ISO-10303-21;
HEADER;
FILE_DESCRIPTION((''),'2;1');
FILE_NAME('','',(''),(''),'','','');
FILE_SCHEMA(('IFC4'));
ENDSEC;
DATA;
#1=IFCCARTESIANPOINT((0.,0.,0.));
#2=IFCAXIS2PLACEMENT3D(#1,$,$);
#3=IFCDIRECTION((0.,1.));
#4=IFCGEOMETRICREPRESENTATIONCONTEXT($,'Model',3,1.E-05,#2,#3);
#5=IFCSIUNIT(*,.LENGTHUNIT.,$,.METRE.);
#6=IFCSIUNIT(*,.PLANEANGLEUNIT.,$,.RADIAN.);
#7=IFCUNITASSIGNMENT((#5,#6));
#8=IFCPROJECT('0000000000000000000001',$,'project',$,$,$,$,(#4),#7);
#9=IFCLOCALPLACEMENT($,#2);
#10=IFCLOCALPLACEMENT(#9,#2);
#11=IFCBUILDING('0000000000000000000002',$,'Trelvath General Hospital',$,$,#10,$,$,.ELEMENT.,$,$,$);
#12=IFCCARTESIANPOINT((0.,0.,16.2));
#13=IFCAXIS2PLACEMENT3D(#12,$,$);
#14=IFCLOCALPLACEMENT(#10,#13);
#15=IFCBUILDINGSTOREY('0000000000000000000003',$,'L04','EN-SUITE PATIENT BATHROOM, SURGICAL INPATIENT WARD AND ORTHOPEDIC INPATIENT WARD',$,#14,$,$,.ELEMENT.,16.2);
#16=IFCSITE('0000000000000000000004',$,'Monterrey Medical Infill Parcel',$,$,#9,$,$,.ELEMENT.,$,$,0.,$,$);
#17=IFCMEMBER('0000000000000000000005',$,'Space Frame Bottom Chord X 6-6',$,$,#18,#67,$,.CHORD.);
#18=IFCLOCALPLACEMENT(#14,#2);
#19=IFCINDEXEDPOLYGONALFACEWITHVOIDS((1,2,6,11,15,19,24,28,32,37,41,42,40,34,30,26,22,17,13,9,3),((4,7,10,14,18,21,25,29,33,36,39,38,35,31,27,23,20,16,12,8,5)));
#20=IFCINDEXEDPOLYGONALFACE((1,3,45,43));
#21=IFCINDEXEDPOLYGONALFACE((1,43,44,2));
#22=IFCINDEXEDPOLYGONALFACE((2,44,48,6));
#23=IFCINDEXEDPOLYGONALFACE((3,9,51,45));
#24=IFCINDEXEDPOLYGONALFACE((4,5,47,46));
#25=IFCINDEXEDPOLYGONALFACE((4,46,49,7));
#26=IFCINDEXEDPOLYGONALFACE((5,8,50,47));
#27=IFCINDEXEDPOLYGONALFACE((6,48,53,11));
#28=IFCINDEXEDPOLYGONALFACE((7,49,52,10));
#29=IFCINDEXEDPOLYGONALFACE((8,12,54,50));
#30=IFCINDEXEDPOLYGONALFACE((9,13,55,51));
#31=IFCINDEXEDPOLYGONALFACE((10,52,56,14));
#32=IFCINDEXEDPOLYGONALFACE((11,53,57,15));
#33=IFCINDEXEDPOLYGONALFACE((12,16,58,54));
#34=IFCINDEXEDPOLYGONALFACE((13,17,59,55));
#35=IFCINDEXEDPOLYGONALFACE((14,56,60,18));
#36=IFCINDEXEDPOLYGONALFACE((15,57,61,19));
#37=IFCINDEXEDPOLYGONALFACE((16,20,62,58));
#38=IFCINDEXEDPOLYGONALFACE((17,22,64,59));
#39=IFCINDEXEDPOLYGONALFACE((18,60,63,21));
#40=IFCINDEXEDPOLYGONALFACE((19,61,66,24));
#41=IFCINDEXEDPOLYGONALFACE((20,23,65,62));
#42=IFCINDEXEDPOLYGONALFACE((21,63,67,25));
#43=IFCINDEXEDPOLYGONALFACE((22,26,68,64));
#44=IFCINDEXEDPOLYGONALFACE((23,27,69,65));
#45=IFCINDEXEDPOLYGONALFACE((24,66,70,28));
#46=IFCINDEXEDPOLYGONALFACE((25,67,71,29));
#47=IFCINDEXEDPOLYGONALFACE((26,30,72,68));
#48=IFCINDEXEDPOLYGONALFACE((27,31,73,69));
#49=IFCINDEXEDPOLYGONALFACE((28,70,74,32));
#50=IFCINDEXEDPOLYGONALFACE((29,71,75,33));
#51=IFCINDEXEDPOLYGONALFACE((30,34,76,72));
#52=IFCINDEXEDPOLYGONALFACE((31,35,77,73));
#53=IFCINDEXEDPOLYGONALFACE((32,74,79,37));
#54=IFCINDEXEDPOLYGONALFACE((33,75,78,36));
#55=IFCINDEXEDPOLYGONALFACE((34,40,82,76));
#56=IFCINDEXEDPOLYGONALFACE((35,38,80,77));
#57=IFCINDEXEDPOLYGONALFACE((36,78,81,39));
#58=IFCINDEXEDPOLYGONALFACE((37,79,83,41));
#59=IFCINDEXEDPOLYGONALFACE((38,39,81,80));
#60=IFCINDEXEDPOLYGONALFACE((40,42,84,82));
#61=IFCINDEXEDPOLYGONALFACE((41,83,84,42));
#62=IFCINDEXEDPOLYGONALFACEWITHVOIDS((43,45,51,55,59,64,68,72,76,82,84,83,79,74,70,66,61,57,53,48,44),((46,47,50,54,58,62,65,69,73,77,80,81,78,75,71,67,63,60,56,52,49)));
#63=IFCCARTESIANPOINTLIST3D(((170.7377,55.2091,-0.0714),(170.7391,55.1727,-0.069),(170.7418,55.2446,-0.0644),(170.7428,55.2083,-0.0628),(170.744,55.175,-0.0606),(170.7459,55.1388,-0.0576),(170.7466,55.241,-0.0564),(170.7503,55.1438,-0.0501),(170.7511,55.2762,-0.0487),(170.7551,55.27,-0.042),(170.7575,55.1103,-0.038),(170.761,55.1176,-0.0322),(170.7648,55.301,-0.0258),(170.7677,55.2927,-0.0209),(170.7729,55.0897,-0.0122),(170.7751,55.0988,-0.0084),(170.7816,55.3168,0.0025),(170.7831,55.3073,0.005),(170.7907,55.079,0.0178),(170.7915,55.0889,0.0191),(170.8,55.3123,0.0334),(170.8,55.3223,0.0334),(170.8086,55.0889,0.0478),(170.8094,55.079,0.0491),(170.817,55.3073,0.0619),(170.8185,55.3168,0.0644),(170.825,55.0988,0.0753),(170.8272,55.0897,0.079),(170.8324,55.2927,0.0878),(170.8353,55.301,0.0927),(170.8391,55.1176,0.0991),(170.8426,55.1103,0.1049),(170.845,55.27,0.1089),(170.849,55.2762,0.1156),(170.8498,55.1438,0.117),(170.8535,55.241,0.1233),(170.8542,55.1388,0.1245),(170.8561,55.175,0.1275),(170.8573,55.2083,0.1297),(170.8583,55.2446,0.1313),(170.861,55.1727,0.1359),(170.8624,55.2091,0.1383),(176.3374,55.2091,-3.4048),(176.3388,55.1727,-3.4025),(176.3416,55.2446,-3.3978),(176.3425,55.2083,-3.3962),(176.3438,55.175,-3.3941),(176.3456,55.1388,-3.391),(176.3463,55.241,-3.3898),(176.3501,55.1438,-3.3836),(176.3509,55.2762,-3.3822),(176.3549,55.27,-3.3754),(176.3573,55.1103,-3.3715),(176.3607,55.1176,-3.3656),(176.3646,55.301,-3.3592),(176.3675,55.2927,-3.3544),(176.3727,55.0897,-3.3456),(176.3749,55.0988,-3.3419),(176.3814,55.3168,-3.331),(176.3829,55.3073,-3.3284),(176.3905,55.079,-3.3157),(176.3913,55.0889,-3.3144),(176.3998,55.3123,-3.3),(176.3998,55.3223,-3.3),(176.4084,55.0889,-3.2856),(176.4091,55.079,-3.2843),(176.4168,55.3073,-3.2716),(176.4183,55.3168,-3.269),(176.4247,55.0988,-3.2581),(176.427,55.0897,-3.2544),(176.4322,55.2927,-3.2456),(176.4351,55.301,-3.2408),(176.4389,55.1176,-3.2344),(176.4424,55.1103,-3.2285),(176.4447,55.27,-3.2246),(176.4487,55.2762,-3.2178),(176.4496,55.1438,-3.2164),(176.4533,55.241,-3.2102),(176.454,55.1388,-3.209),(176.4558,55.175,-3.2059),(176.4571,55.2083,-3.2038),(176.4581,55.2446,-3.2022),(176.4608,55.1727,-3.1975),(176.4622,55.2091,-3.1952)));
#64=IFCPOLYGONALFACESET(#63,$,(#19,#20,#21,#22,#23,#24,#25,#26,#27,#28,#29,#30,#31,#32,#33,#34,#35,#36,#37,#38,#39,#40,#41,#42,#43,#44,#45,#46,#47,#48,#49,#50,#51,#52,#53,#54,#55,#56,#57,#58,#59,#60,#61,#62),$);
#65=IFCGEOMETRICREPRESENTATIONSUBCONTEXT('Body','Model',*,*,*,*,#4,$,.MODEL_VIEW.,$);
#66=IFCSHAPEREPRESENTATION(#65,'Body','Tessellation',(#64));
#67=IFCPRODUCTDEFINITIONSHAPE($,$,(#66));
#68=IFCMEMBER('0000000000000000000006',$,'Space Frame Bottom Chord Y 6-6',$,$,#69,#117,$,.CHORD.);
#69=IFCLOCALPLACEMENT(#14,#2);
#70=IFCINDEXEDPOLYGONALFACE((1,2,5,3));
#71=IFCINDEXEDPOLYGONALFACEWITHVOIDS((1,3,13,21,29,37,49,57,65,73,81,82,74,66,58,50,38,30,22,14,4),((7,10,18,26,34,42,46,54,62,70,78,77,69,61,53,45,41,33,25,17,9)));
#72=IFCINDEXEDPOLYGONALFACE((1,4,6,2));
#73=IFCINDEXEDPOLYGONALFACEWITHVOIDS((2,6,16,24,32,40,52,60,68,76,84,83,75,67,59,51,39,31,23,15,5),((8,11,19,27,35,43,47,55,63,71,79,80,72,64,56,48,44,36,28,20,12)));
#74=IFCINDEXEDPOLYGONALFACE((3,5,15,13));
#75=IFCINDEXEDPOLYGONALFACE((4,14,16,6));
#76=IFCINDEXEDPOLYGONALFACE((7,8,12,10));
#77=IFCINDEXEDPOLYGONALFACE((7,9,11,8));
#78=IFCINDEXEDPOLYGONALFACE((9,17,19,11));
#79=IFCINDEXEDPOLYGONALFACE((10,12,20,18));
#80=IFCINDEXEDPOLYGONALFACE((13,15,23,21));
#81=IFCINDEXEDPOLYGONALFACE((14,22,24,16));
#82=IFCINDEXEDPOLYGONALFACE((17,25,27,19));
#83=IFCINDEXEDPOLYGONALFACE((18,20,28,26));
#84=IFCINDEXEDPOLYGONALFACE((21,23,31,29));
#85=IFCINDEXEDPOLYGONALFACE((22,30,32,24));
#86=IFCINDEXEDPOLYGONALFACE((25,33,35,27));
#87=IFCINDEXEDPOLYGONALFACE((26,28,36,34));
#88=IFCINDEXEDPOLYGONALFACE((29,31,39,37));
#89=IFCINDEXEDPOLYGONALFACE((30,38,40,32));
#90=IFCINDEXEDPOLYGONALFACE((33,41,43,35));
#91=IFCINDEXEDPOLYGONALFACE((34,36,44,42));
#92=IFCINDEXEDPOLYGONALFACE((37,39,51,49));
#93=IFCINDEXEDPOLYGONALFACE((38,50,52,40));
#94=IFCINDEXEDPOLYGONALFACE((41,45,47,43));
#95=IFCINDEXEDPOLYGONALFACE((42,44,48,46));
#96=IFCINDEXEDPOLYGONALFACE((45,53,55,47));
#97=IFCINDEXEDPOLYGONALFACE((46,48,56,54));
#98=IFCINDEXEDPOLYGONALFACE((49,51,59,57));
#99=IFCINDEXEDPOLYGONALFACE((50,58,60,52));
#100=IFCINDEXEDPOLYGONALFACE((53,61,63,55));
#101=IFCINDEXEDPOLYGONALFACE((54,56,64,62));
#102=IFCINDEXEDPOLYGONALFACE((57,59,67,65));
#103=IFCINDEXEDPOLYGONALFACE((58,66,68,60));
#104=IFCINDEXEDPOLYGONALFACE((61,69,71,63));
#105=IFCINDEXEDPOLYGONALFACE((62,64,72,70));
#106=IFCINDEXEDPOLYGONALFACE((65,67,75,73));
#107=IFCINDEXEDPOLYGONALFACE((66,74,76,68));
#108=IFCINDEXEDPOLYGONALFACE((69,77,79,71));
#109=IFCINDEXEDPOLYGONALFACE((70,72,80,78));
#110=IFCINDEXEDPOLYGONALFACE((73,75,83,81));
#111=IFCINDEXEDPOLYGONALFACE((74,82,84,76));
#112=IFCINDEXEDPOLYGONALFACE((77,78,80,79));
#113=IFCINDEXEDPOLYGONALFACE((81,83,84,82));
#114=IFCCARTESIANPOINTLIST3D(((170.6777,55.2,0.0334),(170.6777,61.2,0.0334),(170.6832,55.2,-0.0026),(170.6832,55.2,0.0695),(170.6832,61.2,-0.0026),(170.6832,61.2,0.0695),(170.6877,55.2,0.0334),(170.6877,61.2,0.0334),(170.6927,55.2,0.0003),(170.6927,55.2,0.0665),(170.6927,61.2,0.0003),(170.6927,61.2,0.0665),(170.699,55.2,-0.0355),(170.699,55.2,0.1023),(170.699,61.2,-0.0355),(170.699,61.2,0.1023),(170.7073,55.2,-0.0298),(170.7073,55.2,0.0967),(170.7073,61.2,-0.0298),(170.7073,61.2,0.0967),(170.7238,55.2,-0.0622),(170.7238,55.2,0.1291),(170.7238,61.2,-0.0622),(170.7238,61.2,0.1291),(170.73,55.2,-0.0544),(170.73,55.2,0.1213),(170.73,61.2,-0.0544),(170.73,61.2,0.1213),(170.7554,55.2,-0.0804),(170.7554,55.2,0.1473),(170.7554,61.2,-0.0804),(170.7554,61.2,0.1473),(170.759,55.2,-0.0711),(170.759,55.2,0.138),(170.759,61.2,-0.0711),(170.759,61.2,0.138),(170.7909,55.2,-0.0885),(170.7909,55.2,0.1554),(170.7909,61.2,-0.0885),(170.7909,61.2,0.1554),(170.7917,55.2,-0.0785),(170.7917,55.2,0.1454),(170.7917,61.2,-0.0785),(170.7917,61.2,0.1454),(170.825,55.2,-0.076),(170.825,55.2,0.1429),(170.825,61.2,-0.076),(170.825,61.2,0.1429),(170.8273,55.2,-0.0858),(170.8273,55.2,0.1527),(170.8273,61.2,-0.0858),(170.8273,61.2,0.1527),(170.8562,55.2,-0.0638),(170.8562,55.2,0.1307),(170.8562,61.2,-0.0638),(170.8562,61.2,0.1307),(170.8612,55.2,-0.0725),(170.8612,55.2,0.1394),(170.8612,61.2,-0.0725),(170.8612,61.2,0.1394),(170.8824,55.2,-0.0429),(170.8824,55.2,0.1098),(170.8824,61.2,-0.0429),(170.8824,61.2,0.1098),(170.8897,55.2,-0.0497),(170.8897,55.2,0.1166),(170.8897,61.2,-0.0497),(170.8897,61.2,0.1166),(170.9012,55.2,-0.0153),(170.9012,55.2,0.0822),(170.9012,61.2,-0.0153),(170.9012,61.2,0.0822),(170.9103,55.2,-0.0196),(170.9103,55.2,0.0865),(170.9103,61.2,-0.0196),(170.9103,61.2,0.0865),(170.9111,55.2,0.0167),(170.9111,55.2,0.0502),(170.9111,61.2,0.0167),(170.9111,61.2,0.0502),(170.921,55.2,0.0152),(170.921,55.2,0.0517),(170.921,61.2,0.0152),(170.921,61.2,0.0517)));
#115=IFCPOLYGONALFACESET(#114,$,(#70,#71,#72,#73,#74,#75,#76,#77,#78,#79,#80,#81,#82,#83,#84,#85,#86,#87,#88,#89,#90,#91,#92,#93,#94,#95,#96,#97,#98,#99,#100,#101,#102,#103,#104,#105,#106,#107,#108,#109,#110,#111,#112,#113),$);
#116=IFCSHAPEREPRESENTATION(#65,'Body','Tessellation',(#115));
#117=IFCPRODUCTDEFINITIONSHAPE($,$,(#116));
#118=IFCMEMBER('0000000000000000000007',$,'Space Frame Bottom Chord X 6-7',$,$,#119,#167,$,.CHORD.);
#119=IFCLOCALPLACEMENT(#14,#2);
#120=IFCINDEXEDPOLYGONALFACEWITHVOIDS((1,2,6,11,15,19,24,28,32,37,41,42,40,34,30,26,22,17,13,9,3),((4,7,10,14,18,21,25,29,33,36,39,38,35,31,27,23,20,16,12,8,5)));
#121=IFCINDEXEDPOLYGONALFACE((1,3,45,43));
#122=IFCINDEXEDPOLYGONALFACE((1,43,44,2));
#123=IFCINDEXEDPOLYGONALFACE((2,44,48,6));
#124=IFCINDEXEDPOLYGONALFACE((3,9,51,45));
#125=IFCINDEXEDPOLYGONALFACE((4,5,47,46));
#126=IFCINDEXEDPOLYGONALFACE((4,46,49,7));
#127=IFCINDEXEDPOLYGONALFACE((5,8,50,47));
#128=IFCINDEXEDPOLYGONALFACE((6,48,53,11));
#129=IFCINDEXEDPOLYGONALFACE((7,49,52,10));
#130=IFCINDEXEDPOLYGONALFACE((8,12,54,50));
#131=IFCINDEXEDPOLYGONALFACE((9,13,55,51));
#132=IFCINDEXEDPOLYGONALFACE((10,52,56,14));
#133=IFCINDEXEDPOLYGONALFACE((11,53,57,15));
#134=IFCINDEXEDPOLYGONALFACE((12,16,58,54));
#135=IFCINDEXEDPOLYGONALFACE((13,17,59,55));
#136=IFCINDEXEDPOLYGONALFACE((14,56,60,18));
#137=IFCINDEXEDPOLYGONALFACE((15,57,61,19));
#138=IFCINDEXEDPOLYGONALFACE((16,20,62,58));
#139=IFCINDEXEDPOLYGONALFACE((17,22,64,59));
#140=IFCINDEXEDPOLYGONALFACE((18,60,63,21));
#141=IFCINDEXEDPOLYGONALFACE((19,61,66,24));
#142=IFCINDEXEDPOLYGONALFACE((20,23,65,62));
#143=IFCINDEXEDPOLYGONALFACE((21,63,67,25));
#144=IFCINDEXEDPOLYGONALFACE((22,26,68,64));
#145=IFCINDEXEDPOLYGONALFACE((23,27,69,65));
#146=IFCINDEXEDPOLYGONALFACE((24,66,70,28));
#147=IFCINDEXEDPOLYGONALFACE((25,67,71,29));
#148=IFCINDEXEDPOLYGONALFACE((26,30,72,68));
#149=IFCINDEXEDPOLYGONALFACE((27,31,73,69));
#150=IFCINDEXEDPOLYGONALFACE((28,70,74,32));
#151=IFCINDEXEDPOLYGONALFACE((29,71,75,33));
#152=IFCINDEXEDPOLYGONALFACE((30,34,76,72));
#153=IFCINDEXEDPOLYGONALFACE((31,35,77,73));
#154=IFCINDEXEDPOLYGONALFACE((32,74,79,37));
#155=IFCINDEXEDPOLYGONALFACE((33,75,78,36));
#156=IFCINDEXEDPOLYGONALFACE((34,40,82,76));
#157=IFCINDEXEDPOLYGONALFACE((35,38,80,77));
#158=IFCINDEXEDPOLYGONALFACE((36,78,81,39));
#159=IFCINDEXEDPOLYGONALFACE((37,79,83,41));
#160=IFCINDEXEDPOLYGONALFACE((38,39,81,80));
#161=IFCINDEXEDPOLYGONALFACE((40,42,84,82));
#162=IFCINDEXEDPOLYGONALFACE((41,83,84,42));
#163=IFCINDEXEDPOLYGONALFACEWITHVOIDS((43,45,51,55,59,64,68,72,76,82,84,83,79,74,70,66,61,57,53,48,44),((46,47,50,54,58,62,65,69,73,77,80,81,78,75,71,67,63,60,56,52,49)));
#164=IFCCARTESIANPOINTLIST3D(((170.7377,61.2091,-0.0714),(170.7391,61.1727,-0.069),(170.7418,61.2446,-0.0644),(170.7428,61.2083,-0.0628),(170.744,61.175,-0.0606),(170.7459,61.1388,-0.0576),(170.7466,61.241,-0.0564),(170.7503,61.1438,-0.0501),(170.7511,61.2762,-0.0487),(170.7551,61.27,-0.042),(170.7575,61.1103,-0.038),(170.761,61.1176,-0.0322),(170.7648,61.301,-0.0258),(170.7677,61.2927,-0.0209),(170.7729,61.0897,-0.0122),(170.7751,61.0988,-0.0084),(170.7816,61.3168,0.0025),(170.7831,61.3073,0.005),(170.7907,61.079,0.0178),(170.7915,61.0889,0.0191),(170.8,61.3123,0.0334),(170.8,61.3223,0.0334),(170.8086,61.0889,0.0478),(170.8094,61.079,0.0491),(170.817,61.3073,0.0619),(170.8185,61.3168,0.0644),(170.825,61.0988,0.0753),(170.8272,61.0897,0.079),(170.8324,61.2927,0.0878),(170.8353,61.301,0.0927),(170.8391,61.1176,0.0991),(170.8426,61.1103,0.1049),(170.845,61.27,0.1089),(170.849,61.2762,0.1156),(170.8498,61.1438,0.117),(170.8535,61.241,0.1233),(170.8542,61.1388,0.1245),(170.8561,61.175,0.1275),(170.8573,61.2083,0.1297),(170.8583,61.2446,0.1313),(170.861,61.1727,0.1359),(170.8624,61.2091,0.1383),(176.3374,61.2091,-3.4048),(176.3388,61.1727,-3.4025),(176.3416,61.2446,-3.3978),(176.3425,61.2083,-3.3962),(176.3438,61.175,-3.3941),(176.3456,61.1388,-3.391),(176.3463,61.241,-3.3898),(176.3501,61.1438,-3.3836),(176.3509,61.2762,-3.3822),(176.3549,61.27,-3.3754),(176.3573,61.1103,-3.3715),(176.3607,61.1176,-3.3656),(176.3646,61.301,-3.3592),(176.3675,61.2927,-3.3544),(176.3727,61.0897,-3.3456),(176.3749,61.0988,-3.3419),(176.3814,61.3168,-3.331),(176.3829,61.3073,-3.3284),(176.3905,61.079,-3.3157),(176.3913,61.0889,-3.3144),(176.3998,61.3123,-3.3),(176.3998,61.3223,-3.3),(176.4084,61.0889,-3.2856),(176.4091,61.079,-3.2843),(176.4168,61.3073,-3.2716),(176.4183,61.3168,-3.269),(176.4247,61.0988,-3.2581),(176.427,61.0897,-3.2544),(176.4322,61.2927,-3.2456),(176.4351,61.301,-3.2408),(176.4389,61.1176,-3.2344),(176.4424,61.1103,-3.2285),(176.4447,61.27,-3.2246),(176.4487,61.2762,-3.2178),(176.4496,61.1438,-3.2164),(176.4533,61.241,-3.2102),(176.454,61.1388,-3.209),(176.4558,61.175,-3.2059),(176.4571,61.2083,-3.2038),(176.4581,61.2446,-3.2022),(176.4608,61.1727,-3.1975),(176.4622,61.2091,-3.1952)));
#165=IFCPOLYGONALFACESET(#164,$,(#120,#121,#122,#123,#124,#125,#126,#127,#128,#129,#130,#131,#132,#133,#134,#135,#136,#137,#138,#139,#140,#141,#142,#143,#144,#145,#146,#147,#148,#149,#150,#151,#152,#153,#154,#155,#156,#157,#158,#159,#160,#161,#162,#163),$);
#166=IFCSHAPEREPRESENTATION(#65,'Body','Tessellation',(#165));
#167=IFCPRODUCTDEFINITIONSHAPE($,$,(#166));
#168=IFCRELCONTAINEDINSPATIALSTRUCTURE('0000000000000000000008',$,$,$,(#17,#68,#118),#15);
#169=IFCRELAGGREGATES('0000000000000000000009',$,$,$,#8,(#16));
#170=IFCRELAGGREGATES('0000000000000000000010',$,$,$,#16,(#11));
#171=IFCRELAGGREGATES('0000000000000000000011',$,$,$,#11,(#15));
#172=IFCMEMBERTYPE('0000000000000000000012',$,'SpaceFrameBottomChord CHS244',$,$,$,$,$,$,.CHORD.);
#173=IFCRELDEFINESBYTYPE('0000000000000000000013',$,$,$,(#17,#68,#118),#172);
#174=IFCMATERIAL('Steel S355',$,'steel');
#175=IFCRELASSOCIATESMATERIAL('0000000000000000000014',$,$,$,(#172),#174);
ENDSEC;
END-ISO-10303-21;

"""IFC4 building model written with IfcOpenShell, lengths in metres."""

from ifc_helpers import new_model, si_unit, direction, frame, origin, origin_2d, place, context, subcontext, project, spatial, hollow_circle, extrude, material, material_profile, profile_set, type_object, element, save


model = new_model("IFC4")

# Units and contexts
model_context = context("Model", 3, precision=1e-05, world=origin(), true_north=direction((0.0, 1.0)))
body_context = subcontext(model_context, "Body", "Model", "MODEL_VIEW")
ifc_project = project(units=[si_unit("LENGTHUNIT", "METRE"), si_unit("PLANEANGLEUNIT", "RADIAN")], contexts=[model_context])

# Site, building, storey
site_placement = place(None, origin())
site = spatial("IfcSite", under=ifc_project, at=site_placement, Name="Monterrey Medical Infill Parcel", CompositionType="ELEMENT", RefElevation=0.0)
building_placement = place(site_placement, origin())
building = spatial("IfcBuilding", under=site, at=building_placement, Name="Trelvath General Hospital", CompositionType="ELEMENT")
storey_placement = place(building_placement, frame((0.0, 0.0, 16.2)))
storey = spatial("IfcBuildingStorey", under=building, at=storey_placement, Name="L04", Description="EN-SUITE PATIENT BATHROOM, SURGICAL INPATIENT WARD AND ORTHOPEDIC INPATIENT WARD", CompositionType="ELEMENT", Elevation=16.2)

# Members
ifc_material_1 = material(Name="Steel S355", Category="steel")
ifc_material_profile_1 = material_profile(ifc_material_1, hollow_circle(Radius=0.1223, WallThickness=0.01, at=origin_2d()), Name="CHS244.5x10.0")
ifc_profile_set_1 = profile_set([ifc_material_profile_1], Name="Steel S355")
member_type_1 = type_object("IfcMemberType", Name="SpaceFrameBottomChord CHS244", PredefinedType="CHORD", material=ifc_profile_set_1)
member_1_placement = place(storey_placement, frame((170.8, 55.2, 0.0334), z_axis=(0.859276, 0.0, -0.511512), x_axis=(0.0, 1.0, 0.0)))
element("IfcMember", 1, at=member_1_placement, inside=storey, type_object=member_type_1, Name="Space Frame Bottom Chord X 6-6", PredefinedType="CHORD", context=body_context, shape_type="SweptSolid", body=[
    extrude(hollow_circle(Radius=0.1223, WallThickness=0.01, at=origin_2d()), origin(), (0.0, 0.0, 1.0), 6.5168),
])
member_2_placement = place(storey_placement, frame((170.8, 55.2, 0.0334), z_axis=(0.0, 1.0, 0.0), x_axis=(-1.0, 0.0, 0.0)))
element("IfcMember", 2, at=member_2_placement, inside=storey, type_object=member_type_1, Name="Space Frame Bottom Chord Y 6-6", PredefinedType="CHORD", context=body_context, shape_type="SweptSolid", body=[
    extrude(hollow_circle(Radius=0.1223, WallThickness=0.01, at=origin_2d()), origin(), (0.0, 0.0, 1.0), 6.0),
])
member_3_placement = place(storey_placement, frame((170.8, 61.2, 0.0334), z_axis=(0.859276, 0.0, -0.511512), x_axis=(0.0, 1.0, 0.0)))
element("IfcMember", 3, at=member_3_placement, inside=storey, type_object=member_type_1, Name="Space Frame Bottom Chord X 6-7", PredefinedType="CHORD", context=body_context, shape_type="SweptSolid", body=[
    extrude(hollow_circle(Radius=0.1223, WallThickness=0.01, at=origin_2d()), origin(), (0.0, 0.0, 1.0), 6.5168),
])

save(model, "model.ifc")
